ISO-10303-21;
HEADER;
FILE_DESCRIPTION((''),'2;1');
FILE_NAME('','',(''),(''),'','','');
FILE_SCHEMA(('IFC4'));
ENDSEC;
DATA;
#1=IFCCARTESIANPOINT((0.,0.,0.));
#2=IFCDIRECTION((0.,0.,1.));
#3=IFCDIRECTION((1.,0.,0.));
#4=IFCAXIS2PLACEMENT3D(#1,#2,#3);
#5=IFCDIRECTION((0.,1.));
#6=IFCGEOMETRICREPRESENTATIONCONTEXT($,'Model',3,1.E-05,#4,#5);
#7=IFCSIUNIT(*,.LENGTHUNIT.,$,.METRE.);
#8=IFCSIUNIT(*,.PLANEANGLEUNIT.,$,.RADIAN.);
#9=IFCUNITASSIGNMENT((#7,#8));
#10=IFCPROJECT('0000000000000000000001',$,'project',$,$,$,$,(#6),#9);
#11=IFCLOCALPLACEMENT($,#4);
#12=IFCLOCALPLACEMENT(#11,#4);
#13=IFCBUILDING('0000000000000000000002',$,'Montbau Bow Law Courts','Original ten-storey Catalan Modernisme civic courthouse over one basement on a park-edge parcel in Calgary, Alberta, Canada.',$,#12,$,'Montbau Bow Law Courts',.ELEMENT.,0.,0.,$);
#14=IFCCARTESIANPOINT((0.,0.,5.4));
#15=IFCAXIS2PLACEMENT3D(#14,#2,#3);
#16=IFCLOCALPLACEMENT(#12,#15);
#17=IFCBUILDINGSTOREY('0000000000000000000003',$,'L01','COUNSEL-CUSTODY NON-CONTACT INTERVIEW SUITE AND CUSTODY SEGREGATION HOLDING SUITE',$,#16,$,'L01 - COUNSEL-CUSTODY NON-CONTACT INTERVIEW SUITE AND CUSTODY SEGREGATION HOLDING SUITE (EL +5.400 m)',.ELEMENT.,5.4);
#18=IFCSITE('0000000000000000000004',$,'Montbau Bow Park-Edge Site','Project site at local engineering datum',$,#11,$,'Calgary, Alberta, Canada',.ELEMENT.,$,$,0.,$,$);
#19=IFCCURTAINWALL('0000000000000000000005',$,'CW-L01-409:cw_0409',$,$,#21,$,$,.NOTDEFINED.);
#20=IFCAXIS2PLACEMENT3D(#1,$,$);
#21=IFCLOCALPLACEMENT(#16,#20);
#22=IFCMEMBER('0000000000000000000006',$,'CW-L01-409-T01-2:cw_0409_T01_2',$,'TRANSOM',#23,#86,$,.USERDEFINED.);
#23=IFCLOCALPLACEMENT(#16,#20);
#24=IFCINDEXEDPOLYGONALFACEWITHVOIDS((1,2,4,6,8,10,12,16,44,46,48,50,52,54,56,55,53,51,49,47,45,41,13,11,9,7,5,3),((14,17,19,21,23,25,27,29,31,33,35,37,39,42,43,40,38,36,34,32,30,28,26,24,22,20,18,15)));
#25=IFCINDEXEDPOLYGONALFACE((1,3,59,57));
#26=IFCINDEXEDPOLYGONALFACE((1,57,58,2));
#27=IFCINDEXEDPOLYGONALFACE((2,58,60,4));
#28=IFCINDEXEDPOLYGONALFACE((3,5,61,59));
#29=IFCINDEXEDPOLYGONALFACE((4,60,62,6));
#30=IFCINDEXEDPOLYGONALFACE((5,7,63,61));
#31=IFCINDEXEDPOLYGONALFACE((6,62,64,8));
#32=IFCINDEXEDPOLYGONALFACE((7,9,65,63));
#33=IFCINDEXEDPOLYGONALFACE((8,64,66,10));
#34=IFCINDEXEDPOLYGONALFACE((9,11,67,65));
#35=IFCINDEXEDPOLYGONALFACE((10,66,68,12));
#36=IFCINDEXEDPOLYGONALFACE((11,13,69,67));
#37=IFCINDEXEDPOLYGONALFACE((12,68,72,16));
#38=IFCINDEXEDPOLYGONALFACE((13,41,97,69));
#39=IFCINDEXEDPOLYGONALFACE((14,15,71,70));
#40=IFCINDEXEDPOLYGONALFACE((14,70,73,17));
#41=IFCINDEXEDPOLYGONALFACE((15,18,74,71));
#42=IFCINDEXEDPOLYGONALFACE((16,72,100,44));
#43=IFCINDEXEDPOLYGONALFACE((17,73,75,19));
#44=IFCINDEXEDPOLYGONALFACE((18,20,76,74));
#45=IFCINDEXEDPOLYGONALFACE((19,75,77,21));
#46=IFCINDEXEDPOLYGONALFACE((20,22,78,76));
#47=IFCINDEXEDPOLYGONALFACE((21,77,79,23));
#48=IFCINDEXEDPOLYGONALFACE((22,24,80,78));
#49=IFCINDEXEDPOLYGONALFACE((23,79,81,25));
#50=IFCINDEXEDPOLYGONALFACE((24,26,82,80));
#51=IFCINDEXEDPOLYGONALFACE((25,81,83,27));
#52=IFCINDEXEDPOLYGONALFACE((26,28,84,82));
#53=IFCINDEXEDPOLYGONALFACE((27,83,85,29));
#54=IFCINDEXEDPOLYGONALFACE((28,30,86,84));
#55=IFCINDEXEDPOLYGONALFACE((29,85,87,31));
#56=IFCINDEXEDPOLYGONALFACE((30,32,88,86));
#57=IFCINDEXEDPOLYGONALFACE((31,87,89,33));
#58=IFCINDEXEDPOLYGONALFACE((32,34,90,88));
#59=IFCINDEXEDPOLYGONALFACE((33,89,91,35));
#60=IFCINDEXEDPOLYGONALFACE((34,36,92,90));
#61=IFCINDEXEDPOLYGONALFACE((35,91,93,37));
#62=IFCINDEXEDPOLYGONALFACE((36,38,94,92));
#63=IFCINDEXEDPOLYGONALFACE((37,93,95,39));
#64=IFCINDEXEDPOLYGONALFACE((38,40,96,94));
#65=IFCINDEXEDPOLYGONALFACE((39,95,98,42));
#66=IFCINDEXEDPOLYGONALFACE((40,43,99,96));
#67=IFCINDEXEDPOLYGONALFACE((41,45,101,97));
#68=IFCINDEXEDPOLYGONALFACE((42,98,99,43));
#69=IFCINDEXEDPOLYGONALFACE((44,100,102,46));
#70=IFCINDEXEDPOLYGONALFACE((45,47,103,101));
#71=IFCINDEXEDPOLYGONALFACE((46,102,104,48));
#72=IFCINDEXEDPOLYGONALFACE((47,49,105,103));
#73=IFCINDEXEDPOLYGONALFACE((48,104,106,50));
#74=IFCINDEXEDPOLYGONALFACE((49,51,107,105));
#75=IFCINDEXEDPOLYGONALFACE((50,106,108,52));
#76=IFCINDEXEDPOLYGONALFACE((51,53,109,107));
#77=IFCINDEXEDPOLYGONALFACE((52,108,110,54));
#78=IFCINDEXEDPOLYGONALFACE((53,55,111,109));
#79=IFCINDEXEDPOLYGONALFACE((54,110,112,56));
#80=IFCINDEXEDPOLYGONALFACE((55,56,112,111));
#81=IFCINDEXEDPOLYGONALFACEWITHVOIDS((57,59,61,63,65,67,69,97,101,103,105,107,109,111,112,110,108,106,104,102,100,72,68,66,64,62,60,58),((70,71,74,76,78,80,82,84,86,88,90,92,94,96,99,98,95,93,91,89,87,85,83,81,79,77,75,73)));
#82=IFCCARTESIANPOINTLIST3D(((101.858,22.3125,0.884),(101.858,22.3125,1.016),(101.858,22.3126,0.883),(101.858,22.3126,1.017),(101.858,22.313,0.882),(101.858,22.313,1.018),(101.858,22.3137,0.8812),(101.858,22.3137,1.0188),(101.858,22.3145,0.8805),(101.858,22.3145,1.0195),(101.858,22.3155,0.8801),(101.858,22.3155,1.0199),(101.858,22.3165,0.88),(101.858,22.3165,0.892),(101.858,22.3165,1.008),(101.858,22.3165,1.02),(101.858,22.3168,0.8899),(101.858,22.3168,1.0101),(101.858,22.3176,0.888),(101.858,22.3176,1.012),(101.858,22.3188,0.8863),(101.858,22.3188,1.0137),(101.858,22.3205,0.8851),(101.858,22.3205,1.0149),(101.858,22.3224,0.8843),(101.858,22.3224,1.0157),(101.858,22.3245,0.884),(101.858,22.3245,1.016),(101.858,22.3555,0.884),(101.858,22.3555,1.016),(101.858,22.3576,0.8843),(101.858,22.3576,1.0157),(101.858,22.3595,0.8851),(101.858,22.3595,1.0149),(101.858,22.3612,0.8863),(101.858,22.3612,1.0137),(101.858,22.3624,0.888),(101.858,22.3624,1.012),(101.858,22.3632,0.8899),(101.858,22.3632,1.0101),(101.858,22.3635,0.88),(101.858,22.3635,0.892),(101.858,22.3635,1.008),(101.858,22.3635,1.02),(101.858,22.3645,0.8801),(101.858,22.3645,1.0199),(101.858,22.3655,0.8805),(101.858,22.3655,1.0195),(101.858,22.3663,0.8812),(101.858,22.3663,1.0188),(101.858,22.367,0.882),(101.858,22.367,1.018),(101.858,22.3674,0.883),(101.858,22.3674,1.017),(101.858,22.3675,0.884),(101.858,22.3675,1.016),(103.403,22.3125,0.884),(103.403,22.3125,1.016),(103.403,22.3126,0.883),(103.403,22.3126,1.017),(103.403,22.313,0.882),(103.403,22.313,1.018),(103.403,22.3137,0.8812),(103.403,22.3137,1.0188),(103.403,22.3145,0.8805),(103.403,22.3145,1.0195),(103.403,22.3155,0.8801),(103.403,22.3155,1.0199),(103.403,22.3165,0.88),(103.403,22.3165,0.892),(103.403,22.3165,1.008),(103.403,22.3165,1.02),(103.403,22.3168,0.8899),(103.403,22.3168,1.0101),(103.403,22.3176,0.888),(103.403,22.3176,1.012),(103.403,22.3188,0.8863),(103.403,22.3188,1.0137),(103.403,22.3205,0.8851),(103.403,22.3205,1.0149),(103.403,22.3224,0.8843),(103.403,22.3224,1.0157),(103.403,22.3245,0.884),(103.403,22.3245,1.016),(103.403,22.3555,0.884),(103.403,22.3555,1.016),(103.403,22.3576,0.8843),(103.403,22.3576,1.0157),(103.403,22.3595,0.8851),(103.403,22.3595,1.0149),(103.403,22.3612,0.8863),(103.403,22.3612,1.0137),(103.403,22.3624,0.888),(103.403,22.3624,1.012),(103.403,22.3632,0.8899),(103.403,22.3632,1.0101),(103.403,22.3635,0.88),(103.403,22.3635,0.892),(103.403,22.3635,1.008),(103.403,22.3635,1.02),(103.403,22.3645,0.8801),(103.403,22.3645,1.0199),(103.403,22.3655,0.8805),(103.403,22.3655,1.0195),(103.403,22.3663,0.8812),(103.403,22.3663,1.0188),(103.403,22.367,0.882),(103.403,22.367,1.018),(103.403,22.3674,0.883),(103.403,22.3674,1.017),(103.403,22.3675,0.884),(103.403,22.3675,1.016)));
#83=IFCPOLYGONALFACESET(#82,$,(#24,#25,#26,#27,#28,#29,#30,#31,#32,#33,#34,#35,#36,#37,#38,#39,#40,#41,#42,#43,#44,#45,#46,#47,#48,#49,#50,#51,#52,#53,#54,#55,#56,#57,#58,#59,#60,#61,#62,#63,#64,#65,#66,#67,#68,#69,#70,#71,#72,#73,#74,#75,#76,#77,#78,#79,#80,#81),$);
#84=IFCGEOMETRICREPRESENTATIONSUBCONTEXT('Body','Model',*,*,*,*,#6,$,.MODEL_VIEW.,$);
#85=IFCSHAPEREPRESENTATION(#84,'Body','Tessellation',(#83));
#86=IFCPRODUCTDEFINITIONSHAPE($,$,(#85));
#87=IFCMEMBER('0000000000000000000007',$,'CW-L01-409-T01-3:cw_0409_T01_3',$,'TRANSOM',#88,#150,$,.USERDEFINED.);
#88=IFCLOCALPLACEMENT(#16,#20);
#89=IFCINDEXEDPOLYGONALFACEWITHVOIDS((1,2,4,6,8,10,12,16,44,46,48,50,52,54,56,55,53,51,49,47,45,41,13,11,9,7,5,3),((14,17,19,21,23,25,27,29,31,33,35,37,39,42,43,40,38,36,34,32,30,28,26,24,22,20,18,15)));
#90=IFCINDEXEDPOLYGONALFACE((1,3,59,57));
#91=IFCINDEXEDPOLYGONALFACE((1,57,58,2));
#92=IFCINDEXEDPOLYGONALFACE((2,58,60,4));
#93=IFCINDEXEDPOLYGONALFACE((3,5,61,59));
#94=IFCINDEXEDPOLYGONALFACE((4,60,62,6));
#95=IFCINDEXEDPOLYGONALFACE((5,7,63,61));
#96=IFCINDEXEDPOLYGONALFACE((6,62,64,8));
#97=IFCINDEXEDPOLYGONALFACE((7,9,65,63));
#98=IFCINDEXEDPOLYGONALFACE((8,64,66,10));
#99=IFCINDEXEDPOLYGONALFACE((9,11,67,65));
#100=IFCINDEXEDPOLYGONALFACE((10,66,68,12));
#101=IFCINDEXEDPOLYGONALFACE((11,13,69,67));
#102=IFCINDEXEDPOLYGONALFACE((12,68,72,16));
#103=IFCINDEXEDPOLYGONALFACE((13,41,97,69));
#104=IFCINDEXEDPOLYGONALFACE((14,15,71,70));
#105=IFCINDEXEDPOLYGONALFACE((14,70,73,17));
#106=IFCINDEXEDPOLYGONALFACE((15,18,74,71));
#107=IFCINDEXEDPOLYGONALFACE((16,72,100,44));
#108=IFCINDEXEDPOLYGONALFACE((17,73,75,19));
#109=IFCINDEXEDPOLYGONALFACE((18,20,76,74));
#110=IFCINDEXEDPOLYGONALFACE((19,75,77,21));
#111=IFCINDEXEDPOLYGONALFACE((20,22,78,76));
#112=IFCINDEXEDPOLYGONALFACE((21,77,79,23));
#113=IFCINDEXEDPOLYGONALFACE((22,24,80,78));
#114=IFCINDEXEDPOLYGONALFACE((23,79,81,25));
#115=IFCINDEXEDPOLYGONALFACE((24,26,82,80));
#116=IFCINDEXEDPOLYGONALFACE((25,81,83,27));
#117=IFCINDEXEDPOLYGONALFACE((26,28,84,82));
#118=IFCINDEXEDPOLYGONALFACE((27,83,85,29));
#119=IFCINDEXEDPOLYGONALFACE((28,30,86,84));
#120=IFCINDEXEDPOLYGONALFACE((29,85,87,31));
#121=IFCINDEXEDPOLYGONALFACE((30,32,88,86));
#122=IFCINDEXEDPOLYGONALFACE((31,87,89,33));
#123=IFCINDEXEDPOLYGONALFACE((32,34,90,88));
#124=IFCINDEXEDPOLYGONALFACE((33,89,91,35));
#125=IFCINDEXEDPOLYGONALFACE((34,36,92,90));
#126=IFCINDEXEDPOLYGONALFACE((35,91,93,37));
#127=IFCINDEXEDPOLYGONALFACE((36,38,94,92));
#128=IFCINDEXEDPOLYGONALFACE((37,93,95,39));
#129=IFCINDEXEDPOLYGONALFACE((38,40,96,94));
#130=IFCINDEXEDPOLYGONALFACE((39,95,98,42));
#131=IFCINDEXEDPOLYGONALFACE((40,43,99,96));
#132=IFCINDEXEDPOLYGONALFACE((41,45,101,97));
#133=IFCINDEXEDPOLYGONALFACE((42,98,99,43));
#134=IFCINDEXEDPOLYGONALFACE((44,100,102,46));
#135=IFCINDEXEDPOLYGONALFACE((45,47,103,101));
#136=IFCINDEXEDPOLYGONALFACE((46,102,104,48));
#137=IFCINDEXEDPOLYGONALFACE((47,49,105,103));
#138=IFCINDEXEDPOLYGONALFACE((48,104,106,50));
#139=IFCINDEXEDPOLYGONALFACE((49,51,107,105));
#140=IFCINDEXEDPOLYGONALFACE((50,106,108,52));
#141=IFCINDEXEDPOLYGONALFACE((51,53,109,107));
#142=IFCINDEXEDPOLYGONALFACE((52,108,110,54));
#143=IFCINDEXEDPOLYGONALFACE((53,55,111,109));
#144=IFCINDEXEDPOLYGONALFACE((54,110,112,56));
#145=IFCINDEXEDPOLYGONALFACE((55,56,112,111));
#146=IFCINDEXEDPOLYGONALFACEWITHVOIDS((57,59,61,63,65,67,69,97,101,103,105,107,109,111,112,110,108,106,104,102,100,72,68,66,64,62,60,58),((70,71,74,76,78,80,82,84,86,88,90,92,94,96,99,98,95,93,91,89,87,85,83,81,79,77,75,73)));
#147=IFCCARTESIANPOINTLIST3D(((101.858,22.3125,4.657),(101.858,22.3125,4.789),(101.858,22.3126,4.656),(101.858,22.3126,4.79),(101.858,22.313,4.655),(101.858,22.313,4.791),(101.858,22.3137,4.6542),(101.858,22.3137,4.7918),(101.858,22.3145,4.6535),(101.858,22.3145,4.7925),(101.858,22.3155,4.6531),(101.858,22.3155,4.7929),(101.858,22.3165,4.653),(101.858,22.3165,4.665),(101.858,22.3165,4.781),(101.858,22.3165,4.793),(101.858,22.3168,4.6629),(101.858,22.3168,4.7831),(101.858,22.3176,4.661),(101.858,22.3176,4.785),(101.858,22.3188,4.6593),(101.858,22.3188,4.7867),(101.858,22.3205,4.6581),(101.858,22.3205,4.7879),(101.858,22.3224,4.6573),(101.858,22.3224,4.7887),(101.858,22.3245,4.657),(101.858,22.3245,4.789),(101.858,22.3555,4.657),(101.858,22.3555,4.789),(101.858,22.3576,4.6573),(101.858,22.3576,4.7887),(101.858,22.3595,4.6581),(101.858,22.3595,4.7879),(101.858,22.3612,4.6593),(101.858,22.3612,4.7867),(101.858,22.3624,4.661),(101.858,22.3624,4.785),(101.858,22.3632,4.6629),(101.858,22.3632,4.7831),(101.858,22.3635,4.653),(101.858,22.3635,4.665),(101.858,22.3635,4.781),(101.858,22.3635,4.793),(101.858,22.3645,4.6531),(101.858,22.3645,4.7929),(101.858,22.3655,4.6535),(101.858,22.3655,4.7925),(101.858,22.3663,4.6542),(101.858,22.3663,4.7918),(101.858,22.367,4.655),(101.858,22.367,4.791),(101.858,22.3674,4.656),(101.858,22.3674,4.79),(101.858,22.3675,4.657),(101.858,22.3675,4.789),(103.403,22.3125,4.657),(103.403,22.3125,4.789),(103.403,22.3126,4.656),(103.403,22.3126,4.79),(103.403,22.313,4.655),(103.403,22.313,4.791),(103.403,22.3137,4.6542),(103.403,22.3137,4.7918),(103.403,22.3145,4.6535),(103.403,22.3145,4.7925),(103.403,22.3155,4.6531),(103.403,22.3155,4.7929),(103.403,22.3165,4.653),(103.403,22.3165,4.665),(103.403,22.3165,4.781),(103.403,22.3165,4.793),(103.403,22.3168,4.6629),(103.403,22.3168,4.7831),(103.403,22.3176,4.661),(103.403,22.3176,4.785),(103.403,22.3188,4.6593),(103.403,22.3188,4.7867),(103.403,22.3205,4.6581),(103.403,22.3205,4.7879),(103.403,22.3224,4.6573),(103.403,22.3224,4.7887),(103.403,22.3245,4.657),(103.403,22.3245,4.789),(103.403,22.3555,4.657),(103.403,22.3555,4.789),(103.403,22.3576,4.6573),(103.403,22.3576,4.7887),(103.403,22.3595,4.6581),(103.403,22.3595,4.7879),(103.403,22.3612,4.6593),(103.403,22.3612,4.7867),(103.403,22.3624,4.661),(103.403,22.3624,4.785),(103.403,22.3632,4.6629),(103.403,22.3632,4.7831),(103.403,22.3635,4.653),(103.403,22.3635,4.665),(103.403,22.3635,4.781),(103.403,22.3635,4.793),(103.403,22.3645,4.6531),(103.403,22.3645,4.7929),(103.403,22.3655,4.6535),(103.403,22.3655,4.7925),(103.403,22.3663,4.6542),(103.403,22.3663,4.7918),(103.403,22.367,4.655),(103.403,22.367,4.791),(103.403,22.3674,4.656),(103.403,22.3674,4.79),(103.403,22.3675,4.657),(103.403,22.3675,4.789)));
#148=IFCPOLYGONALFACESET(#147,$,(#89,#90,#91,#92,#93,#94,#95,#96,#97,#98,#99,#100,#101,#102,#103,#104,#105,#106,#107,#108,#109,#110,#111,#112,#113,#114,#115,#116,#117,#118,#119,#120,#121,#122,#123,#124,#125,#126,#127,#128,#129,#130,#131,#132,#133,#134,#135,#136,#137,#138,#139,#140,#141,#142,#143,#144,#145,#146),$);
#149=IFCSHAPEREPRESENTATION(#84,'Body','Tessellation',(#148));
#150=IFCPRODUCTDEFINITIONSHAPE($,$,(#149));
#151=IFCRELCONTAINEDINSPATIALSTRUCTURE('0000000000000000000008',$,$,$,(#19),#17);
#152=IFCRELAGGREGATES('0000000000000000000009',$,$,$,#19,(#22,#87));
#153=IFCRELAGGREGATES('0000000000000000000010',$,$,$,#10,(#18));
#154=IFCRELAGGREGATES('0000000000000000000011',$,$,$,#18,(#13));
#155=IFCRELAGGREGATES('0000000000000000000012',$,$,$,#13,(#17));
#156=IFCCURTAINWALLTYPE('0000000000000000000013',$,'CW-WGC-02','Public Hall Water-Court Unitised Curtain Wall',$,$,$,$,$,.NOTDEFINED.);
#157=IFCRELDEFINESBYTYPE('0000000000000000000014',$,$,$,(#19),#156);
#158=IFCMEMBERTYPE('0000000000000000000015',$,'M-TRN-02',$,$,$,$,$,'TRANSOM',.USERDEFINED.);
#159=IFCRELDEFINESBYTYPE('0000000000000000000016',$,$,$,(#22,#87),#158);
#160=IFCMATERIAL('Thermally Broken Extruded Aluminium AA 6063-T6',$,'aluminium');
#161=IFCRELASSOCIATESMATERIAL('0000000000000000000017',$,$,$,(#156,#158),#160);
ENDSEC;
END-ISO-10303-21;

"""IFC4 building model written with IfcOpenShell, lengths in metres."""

from ifc_helpers import new_model, si_unit, direction, frame, origin_with_axes, origin_2d_with_axis, place, context, subcontext, project, spatial, hollow_rectangle, extrude, material, material_profile, profile_set, type_object, element, aggregate, save


model = new_model("IFC4")

# Units and contexts
model_context = context("Model", 3, precision=1e-05, world=origin_with_axes(), true_north=direction((0.0, 1.0)))
body_context = subcontext(model_context, "Body", "Model", "MODEL_VIEW")
ifc_project = project(units=[si_unit("LENGTHUNIT", "METRE"), si_unit("PLANEANGLEUNIT", "RADIAN")], contexts=[model_context])

# Site, building, storey
site_placement = place(None, origin_with_axes())
site = spatial("IfcSite", under=ifc_project, at=site_placement, Name="Montbau Bow Park-Edge Site", Description="Project site at local engineering datum", LongName="Calgary, Alberta, Canada", CompositionType="ELEMENT", RefElevation=0.0)
building_placement = place(site_placement, origin_with_axes())
building = spatial("IfcBuilding", under=site, at=building_placement, Name="Montbau Bow Law Courts", Description="Original ten-storey Catalan Modernisme civic courthouse over one basement on a park-edge parcel in Calgary, Alberta, Canada.", LongName="Montbau Bow Law Courts", CompositionType="ELEMENT", ElevationOfRefHeight=0.0, ElevationOfTerrain=0.0)
storey_placement = place(building_placement, frame((0.0, 0.0, 5.4), z_axis=(0.0, 0.0, 1.0), x_axis=(1.0, 0.0, 0.0)))
storey = spatial("IfcBuildingStorey", under=building, at=storey_placement, Name="L01", Description="COUNSEL-CUSTODY NON-CONTACT INTERVIEW SUITE AND CUSTODY SEGREGATION HOLDING SUITE", LongName="L01 - COUNSEL-CUSTODY NON-CONTACT INTERVIEW SUITE AND CUSTODY SEGREGATION HOLDING SUITE (EL +5.400 m)", CompositionType="ELEMENT", Elevation=5.4)

# Curtain wall
ifc_material_1 = material(Name="Thermally Broken Extruded Aluminium AA 6063-T6", Category="aluminium")
curtain_wall_type = type_object("IfcCurtainWallType", Name="CW-WGC-02", Description="Public Hall Water-Court Unitised Curtain Wall", PredefinedType="NOTDEFINED", material=ifc_material_1)
curtain_wall_1_placement = place(None, frame((101.79, 22.34, 5.4), z_axis=(0.0, 0.0, 1.0), x_axis=(1.0, 0.0, 0.0)))
curtain_wall_1 = element("IfcCurtainWall", 1, at=curtain_wall_1_placement, inside=storey, type_object=curtain_wall_type, Name="CW-L01-409:cw_0409", PredefinedType="NOTDEFINED")

# Members
ifc_material_profile_1 = material_profile(ifc_material_1, hollow_rectangle(XDim=0.055, YDim=0.14, WallThickness=0.004, InnerFilletRadius=0.008, OuterFilletRadius=0.004, at=origin_2d_with_axis()), Name="CWT-140X55", Category="Main", Priority=0)
ifc_profile_set_1 = profile_set([ifc_material_profile_1], Name="Thermally Broken Extruded Aluminium AA 6063-T6")
member_type_1 = type_object("IfcMemberType", Name="M-TRN-02", ElementType="TRANSOM", PredefinedType="USERDEFINED", material=ifc_profile_set_1)
member_1_placement = place(None, frame((101.858, 22.34, 6.35), z_axis=(1.0, 0.0, 0.0), x_axis=(0.0, 1.0, 0.0)))
member_1 = element("IfcMember", 2, at=member_1_placement, type_object=member_type_1, Name="CW-L01-409-T01-2:cw_0409_T01_2", ObjectType="TRANSOM", PredefinedType="USERDEFINED", context=body_context, shape_type="SweptSolid", body=[
    extrude(hollow_rectangle(XDim=0.055, YDim=0.14, WallThickness=0.004, InnerFilletRadius=0.008, OuterFilletRadius=0.004, at=origin_2d_with_axis()), origin_with_axes(), (0.0, 0.0, 1.0), 1.545),
])
member_2_placement = place(None, frame((101.858, 22.34, 10.123), z_axis=(1.0, 0.0, 0.0), x_axis=(0.0, 1.0, 0.0)))
member_2 = element("IfcMember", 3, at=member_2_placement, type_object=member_type_1, Name="CW-L01-409-T01-3:cw_0409_T01_3", ObjectType="TRANSOM", PredefinedType="USERDEFINED", context=body_context, shape_type="SweptSolid", body=[
    extrude(hollow_rectangle(XDim=0.055, YDim=0.14, WallThickness=0.004, InnerFilletRadius=0.008, OuterFilletRadius=0.004, at=origin_2d_with_axis()), origin_with_axes(), (0.0, 0.0, 1.0), 1.545),
])

aggregate(curtain_wall_1, [member_1, member_2])

save(model, "model.ifc")
